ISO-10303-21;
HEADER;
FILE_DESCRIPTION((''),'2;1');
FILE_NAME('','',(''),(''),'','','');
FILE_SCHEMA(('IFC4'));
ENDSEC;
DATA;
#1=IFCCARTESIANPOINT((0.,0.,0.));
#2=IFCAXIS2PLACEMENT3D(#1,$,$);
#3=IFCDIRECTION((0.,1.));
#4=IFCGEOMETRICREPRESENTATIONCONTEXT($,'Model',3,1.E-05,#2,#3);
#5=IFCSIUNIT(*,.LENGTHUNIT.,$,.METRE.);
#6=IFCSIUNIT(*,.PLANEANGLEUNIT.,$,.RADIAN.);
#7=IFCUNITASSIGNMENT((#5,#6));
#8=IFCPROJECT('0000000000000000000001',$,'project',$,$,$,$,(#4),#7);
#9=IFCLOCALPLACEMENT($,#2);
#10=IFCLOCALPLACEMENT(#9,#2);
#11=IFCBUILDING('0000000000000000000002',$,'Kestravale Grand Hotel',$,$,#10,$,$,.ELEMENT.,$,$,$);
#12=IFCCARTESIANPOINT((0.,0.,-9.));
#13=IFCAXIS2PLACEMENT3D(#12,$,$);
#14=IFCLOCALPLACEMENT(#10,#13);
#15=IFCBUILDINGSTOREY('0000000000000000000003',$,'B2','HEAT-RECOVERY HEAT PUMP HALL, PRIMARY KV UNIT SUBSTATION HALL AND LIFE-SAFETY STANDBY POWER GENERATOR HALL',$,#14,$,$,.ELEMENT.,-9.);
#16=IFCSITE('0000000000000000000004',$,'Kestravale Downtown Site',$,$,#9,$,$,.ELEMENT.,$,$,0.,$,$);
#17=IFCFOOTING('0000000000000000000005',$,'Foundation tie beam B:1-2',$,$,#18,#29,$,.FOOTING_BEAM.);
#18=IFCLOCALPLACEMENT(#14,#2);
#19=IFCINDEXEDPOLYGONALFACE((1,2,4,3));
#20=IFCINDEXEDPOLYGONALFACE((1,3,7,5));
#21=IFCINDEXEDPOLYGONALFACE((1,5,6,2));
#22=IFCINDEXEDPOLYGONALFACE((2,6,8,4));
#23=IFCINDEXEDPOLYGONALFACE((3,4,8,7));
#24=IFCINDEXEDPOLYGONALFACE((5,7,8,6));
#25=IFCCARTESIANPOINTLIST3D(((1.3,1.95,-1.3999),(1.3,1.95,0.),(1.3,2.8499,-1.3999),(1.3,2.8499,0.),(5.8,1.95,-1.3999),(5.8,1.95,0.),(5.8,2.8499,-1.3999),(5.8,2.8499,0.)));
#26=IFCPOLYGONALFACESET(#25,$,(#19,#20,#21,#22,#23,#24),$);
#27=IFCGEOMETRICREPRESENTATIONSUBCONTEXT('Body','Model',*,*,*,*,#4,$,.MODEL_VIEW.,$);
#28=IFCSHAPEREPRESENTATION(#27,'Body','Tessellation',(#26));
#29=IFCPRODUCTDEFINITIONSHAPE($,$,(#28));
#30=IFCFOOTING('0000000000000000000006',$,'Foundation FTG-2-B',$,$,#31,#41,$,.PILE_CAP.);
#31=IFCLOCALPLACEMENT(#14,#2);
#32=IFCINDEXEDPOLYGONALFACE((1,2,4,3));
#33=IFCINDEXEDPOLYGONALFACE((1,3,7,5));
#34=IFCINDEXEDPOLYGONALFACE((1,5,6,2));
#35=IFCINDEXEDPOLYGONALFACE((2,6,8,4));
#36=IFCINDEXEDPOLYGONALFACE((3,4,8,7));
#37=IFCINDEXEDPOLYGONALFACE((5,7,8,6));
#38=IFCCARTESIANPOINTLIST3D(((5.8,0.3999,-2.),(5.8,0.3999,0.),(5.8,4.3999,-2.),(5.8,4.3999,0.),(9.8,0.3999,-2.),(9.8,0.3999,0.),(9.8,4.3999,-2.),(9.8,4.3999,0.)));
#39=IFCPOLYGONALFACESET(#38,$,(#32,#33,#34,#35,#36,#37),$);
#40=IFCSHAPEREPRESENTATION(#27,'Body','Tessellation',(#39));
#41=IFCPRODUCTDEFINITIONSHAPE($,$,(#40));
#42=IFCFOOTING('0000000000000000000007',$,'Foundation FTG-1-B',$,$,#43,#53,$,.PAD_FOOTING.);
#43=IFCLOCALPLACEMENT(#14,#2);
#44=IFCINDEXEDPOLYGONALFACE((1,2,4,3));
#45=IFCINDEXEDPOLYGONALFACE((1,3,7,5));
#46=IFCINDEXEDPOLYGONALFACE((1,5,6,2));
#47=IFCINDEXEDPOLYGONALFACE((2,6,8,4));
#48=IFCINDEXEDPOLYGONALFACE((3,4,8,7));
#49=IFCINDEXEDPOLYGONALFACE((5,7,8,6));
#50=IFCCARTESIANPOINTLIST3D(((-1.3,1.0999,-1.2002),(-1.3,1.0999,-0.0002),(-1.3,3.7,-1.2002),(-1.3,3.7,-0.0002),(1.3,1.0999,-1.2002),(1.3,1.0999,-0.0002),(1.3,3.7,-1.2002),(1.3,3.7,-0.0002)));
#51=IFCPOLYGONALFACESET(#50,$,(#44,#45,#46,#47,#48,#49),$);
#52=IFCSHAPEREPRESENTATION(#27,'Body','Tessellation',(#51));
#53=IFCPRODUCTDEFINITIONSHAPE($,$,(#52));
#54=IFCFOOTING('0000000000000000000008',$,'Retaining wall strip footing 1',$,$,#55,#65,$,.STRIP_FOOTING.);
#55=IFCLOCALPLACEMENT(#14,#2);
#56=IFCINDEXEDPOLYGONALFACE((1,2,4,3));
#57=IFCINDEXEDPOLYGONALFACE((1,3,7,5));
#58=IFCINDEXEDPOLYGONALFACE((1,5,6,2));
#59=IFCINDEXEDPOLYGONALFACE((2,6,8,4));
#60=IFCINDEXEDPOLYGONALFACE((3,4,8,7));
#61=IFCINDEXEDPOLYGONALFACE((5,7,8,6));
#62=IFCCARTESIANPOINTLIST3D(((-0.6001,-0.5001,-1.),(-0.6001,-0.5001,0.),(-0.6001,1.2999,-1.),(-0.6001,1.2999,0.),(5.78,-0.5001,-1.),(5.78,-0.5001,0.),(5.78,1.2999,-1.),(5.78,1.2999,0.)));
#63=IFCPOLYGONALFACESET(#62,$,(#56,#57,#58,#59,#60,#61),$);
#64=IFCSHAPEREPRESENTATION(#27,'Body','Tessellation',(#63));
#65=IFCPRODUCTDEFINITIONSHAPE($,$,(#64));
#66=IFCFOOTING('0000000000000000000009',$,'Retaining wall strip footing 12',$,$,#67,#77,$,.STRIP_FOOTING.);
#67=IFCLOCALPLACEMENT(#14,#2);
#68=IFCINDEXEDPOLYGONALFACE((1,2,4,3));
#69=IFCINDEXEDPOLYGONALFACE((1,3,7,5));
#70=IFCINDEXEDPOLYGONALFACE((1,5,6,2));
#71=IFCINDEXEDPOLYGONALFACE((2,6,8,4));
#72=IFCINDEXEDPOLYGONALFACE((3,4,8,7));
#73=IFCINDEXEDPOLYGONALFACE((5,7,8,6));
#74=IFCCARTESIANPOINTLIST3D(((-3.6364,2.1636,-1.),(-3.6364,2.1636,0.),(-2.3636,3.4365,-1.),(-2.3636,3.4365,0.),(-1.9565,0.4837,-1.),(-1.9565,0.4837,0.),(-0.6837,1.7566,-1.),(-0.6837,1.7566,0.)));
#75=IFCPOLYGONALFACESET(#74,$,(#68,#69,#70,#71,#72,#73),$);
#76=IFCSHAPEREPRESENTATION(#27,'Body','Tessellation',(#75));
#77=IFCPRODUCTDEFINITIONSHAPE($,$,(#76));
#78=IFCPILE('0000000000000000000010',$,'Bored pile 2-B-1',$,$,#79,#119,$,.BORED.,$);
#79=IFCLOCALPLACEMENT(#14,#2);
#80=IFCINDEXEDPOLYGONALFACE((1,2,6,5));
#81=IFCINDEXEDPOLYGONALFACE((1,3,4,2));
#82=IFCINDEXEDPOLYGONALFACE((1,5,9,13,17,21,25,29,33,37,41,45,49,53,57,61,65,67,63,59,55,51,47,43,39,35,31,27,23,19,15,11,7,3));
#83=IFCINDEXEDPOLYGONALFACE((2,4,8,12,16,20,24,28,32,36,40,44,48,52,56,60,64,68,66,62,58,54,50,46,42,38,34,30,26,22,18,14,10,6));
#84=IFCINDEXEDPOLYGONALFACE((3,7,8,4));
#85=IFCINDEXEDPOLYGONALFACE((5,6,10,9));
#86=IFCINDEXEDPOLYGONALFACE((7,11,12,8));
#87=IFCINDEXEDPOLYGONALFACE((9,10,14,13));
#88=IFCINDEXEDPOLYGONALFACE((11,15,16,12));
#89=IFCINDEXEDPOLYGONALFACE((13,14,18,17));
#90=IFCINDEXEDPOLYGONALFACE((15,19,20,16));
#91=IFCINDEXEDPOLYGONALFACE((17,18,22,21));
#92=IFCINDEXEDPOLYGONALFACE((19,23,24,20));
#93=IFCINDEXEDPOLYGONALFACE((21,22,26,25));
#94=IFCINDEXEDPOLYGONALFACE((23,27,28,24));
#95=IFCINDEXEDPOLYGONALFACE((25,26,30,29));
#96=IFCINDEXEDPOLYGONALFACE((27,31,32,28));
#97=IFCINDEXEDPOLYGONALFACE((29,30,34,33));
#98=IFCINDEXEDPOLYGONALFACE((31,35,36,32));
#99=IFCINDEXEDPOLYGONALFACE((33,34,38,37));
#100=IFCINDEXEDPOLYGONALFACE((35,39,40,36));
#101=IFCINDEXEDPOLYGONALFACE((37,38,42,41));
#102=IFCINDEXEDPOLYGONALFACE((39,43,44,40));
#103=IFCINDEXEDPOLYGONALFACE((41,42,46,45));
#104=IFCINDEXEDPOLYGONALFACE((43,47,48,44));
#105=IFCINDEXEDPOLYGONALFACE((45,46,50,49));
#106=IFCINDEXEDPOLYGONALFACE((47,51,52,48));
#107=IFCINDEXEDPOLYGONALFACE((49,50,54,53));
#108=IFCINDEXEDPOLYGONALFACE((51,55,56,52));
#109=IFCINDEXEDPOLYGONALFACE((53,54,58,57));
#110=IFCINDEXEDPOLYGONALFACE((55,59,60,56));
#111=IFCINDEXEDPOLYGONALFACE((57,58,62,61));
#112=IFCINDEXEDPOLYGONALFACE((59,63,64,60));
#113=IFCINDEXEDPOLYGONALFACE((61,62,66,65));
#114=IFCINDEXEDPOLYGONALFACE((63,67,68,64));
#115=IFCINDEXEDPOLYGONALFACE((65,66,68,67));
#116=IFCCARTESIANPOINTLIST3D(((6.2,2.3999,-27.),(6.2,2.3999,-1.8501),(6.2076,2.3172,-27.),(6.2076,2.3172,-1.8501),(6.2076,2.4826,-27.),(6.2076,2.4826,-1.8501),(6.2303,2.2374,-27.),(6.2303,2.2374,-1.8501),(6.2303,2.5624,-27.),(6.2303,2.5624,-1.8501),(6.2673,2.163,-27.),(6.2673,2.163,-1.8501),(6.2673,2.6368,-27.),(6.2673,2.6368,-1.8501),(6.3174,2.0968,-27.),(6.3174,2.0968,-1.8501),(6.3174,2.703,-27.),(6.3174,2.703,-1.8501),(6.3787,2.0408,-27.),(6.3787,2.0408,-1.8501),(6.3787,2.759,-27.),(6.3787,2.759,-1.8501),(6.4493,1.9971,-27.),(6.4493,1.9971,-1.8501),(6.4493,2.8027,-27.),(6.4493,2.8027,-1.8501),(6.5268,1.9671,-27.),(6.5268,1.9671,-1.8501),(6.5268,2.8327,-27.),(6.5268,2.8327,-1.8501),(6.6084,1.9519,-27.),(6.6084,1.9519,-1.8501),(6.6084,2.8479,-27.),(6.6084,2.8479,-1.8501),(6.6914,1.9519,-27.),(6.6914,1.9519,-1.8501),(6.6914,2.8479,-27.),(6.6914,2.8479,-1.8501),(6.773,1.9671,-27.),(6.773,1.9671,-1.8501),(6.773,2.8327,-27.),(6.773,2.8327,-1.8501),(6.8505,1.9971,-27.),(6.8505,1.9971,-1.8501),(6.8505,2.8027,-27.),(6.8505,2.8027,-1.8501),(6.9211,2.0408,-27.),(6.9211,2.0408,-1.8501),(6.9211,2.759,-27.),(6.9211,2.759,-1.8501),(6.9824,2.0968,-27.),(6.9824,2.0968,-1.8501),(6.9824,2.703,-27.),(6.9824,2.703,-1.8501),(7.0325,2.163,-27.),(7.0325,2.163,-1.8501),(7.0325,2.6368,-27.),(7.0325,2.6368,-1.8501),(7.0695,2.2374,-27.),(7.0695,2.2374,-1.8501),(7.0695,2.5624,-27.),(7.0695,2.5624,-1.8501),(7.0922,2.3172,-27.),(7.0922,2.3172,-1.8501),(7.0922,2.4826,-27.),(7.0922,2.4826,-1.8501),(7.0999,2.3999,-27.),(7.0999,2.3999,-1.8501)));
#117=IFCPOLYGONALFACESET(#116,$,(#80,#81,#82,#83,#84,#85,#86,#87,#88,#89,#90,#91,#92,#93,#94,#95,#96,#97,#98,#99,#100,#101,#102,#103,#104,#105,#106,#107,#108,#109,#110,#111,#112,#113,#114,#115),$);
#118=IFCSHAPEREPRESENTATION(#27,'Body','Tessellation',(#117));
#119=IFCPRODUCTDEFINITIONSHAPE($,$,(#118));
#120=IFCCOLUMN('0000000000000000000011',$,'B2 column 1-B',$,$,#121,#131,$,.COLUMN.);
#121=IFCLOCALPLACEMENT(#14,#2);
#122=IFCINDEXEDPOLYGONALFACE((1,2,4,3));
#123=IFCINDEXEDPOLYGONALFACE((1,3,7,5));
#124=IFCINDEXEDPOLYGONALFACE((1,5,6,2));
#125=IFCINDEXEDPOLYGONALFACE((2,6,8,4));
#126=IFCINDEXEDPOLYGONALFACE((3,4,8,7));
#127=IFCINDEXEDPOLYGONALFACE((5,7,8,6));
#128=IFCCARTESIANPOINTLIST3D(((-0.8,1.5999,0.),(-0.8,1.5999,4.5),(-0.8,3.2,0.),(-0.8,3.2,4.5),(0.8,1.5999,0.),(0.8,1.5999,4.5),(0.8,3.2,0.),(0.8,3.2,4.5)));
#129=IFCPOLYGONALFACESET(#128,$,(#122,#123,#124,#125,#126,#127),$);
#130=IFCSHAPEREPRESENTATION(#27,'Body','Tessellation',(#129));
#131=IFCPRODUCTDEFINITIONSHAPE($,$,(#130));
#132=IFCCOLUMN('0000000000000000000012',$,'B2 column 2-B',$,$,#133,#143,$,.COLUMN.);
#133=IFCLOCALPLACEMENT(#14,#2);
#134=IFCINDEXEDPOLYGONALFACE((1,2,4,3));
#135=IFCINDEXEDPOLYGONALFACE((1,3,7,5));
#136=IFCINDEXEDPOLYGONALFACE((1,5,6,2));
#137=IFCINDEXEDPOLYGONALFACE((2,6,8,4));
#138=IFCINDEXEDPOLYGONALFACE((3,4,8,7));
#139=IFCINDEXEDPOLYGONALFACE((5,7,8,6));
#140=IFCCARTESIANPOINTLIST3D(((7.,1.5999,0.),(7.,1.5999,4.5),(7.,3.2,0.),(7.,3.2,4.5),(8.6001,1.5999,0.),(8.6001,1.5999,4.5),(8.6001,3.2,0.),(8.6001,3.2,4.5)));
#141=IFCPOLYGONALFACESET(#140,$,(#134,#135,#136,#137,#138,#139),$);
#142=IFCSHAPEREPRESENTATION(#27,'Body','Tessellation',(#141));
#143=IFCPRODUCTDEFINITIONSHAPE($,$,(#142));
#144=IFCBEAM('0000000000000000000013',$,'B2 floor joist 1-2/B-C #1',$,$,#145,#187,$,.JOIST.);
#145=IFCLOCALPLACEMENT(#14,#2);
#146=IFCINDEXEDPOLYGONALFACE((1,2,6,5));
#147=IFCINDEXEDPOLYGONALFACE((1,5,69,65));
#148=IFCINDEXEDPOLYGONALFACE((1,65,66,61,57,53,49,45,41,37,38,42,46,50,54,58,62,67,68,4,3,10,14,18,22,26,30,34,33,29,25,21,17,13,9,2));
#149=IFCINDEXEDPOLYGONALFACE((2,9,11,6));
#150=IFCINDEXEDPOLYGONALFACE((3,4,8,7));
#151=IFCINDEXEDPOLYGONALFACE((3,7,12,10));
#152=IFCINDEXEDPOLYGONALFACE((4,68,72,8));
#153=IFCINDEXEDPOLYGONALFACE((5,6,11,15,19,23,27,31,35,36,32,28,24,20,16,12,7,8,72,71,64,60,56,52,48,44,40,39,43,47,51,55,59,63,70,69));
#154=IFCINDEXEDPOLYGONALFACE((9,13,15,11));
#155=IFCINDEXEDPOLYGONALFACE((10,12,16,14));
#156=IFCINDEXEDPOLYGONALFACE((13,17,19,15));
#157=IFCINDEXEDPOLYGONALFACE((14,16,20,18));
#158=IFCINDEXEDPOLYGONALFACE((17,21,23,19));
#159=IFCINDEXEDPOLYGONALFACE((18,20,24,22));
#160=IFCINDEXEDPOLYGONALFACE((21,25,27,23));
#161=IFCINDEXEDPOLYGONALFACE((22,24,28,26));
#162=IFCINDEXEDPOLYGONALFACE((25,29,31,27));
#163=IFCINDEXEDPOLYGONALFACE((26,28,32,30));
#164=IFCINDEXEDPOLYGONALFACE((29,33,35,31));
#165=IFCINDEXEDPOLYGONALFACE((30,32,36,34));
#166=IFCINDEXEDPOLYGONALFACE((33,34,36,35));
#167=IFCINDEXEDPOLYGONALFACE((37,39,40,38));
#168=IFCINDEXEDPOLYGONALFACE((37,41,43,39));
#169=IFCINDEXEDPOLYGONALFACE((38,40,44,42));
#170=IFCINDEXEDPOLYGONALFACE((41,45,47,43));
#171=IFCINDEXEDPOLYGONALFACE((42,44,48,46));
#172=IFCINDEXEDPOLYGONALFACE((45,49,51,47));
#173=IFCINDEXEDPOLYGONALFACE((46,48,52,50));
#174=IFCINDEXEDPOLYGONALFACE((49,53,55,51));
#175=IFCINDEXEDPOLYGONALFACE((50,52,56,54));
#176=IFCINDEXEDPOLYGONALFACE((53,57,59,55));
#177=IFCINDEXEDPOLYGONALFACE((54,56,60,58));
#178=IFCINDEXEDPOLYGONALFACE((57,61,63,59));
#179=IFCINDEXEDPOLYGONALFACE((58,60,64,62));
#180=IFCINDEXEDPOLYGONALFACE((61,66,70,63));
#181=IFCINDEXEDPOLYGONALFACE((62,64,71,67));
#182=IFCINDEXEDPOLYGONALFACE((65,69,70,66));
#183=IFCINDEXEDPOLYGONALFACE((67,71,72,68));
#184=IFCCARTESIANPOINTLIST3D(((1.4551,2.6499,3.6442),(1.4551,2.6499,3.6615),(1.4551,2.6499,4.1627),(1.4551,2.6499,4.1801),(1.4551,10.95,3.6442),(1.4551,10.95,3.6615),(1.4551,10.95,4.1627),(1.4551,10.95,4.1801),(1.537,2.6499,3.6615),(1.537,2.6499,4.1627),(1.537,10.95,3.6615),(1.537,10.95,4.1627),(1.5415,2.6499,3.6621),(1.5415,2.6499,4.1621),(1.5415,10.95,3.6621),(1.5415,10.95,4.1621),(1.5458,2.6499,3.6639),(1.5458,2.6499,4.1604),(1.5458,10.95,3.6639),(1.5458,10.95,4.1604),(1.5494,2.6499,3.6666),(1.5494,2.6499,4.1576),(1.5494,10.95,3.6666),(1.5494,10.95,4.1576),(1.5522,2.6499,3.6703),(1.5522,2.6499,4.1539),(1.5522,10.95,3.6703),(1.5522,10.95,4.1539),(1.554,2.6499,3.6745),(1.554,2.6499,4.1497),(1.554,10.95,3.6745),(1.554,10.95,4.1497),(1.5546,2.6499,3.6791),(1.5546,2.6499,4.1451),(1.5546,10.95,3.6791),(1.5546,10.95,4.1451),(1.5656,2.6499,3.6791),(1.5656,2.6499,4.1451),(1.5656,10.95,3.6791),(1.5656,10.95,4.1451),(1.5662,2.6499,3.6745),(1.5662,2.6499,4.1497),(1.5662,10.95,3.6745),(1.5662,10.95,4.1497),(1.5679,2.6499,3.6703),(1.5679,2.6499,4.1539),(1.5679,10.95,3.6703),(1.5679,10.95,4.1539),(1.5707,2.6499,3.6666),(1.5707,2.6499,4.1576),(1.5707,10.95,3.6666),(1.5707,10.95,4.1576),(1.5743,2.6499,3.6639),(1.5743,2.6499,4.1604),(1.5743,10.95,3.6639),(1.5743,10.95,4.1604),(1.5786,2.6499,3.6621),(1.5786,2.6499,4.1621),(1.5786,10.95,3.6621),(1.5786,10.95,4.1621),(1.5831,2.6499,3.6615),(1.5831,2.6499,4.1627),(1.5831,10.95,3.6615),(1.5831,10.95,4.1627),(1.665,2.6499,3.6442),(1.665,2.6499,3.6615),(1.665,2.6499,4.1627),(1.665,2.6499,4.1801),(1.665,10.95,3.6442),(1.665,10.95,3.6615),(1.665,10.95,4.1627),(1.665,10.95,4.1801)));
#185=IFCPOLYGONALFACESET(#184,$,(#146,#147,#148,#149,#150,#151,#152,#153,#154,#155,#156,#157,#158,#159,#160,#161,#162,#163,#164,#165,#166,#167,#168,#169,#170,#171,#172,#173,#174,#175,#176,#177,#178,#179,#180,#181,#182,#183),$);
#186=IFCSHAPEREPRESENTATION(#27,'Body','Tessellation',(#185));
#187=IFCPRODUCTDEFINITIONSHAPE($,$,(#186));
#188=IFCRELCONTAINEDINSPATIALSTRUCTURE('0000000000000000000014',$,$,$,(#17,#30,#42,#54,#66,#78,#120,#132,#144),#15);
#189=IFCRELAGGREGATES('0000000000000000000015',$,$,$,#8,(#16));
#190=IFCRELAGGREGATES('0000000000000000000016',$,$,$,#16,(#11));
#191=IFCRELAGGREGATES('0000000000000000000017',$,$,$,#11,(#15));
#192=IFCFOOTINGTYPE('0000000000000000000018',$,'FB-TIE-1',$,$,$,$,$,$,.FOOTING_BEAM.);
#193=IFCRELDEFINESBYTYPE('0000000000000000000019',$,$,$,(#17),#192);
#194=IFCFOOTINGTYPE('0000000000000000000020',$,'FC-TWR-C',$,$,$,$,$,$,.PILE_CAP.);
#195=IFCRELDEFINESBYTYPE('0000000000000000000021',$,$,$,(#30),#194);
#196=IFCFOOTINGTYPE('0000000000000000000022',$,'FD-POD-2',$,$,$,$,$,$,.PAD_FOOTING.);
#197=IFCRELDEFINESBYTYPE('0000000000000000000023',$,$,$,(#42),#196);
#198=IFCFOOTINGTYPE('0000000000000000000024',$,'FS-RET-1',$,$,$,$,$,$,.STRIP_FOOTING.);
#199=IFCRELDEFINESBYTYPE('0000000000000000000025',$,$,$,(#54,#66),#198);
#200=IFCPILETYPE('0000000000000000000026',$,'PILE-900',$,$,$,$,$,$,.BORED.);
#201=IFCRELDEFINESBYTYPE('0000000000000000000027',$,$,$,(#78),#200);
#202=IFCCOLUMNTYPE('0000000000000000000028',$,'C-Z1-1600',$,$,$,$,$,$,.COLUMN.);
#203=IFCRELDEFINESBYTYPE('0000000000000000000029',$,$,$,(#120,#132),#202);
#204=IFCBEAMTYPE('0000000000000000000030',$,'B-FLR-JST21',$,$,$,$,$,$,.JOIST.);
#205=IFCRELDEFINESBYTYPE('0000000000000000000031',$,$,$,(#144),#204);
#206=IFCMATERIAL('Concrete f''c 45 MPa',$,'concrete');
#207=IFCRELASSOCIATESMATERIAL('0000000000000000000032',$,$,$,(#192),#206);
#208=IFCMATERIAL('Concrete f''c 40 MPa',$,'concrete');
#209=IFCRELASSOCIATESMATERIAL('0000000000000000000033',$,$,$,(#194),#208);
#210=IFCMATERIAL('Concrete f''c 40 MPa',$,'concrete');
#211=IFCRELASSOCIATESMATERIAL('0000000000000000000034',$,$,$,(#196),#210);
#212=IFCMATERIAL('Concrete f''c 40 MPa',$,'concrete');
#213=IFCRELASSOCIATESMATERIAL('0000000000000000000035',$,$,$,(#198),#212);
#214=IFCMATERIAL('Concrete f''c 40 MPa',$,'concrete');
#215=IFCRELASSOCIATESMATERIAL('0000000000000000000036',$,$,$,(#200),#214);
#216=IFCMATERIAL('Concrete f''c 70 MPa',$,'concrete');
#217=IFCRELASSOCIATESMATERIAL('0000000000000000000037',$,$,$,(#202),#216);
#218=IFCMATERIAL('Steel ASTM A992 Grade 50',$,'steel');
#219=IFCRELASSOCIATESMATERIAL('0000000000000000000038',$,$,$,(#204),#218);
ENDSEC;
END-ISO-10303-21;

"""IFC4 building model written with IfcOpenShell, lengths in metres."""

from ifc_helpers import new_model, si_unit, direction, frame, origin, origin_2d, place, context, subcontext, project, spatial, rectangle, circle, i_section, extrude, material, material_profile, profile_set, type_object, element, save


model = new_model("IFC4")

# Units and contexts
model_context = context("Model", 3, precision=1e-05, world=origin(), true_north=direction((0.0, 1.0)))
body_context = subcontext(model_context, "Body", "Model", "MODEL_VIEW")
ifc_project = project(units=[si_unit("LENGTHUNIT", "METRE"), si_unit("PLANEANGLEUNIT", "RADIAN")], contexts=[model_context])

# Site, building, storey
site_placement = place(None, origin())
site = spatial("IfcSite", under=ifc_project, at=site_placement, Name="Kestravale Downtown Site", CompositionType="ELEMENT", RefElevation=0.0)
building_placement = place(site_placement, origin())
building = spatial("IfcBuilding", under=site, at=building_placement, Name="Kestravale Grand Hotel", CompositionType="ELEMENT")
storey_placement = place(building_placement, frame((0.0, 0.0, -9.0)))
storey = spatial("IfcBuildingStorey", under=building, at=storey_placement, Name="B2", Description="HEAT-RECOVERY HEAT PUMP HALL, PRIMARY KV UNIT SUBSTATION HALL AND LIFE-SAFETY STANDBY POWER GENERATOR HALL", CompositionType="ELEMENT", Elevation=-9.0)

# Footings
ifc_material_1 = material(Name="Concrete f'c 45 MPa", Category="concrete")
ifc_material_profile_1 = material_profile(ifc_material_1, rectangle(XDim=0.8999, YDim=1.3999, at=origin_2d()))
ifc_profile_set_1 = profile_set([ifc_material_profile_1], Name="Concrete f'c 45 MPa")
footing_type_1 = type_object("IfcFootingType", Name="FB-TIE-1", PredefinedType="FOOTING_BEAM", material=ifc_profile_set_1)
footing_1_placement = place(storey_placement, frame((1.3, 2.3999, -0.7), z_axis=(1.0, 0.0, 0.0), x_axis=(0.0, 1.0, 0.0)))
element("IfcFooting", 1, at=footing_1_placement, inside=storey, type_object=footing_type_1, Name="Foundation tie beam B:1-2", PredefinedType="FOOTING_BEAM", context=body_context, shape_type="SweptSolid", body=[
    extrude(rectangle(XDim=0.8999, YDim=1.3999, at=origin_2d()), origin(), (0.0, 0.0, 1.0), 4.5),
])
ifc_material_2 = material(Name="Concrete f'c 40 MPa", Category="concrete")
footing_type_2 = type_object("IfcFootingType", Name="FC-TWR-C", PredefinedType="PILE_CAP", material=ifc_material_2)
footing_2_placement = place(storey_placement, frame((7.8, 2.3999, -2.0), z_axis=(0.0, 0.0, 1.0), x_axis=(1.0, 0.0, 0.0)))
element("IfcFooting", 2, at=footing_2_placement, inside=storey, type_object=footing_type_2, Name="Foundation FTG-2-B", PredefinedType="PILE_CAP", context=body_context, shape_type="SweptSolid", body=[
    extrude(rectangle(XDim=4.0, YDim=4.0, at=origin_2d()), origin(), (0.0, 0.0, 1.0), 2.0),
])
ifc_material_3 = material(Name="Concrete f'c 40 MPa", Category="concrete")
footing_type_3 = type_object("IfcFootingType", Name="FD-POD-2", PredefinedType="PAD_FOOTING", material=ifc_material_3)
footing_3_placement = place(storey_placement, frame((0.0, 2.3999, -1.2002), z_axis=(0.0, 0.0, 1.0), x_axis=(1.0, 0.0, 0.0)))
element("IfcFooting", 3, at=footing_3_placement, inside=storey, type_object=footing_type_3, Name="Foundation FTG-1-B", PredefinedType="PAD_FOOTING", context=body_context, shape_type="SweptSolid", body=[
    extrude(rectangle(XDim=2.6001, YDim=2.6001, at=origin_2d()), origin(), (0.0, 0.0, 1.0), 1.2),
])
ifc_material_4 = material(Name="Concrete f'c 40 MPa", Category="concrete")
ifc_material_profile_2 = material_profile(ifc_material_4, rectangle(XDim=1.8, YDim=1.0, at=origin_2d()))
ifc_profile_set_2 = profile_set([ifc_material_profile_2], Name="Concrete f'c 40 MPa")
footing_type_4 = type_object("IfcFootingType", Name="FS-RET-1", PredefinedType="STRIP_FOOTING", material=ifc_profile_set_2)
footing_4_placement = place(storey_placement, frame((-0.6001, 0.3999, -0.5), z_axis=(1.0, 0.0, 0.0), x_axis=(0.0, 1.0, 0.0)))
element("IfcFooting", 4, at=footing_4_placement, inside=storey, type_object=footing_type_4, Name="Retaining wall strip footing 1", PredefinedType="STRIP_FOOTING", context=body_context, shape_type="SweptSolid", body=[
    extrude(rectangle(XDim=1.8, YDim=1.0, at=origin_2d()), origin(), (0.0, 0.0, 1.0), 6.3801),
])
footing_5_placement = place(storey_placement, frame((-3.0, 2.8, -0.5), z_axis=(0.707107, -0.707107, 0.0), x_axis=(0.707107, 0.707107, 0.0)))
element("IfcFooting", 5, at=footing_5_placement, inside=storey, type_object=footing_type_4, Name="Retaining wall strip footing 12", PredefinedType="STRIP_FOOTING", context=body_context, shape_type="SweptSolid", body=[
    extrude(rectangle(XDim=1.8, YDim=1.0, at=origin_2d()), origin(), (0.0, 0.0, 1.0), 2.3757),
])

# Pile
ifc_material_5 = material(Name="Concrete f'c 40 MPa", Category="concrete")
ifc_material_profile_3 = material_profile(ifc_material_5, circle(Radius=0.45, at=origin_2d()))
ifc_profile_set_3 = profile_set([ifc_material_profile_3], Name="Concrete f'c 40 MPa")
pile_type = type_object("IfcPileType", Name="PILE-900", PredefinedType="BORED", material=ifc_profile_set_3)
pile_placement = place(storey_placement, frame((6.6499, 2.3999, -1.8501), z_axis=(0.0, 0.0, -1.0), x_axis=(1.0, 0.0, 0.0)))
element("IfcPile", 6, at=pile_placement, inside=storey, type_object=pile_type, Name="Bored pile 2-B-1", PredefinedType="BORED", context=body_context, shape_type="SweptSolid", body=[
    extrude(circle(Radius=0.45, at=origin_2d()), origin(), (0.0, 0.0, 1.0), 25.1499),
])

# Columns
ifc_material_6 = material(Name="Concrete f'c 70 MPa", Category="concrete")
ifc_material_profile_4 = material_profile(ifc_material_6, rectangle(XDim=1.6001, YDim=1.6001, at=origin_2d()))
ifc_profile_set_4 = profile_set([ifc_material_profile_4], Name="Concrete f'c 70 MPa")
column_type = type_object("IfcColumnType", Name="C-Z1-1600", PredefinedType="COLUMN", material=ifc_profile_set_4)
for number, where, z_axis, x_axis, name in (
    (7, (0.0, 2.3999, 0.0), (0.0, 0.0, 1.0), (1.0, 0.0, 0.0), "B2 column 1-B"),
    (8, (7.8, 2.3999, 0.0), (0.0, 0.0, 1.0), (1.0, 0.0, 0.0), "B2 column 2-B"),
):
    element("IfcColumn", number, at=place(storey_placement, frame(where, z_axis=z_axis, x_axis=x_axis)), inside=storey, type_object=column_type, Name=name, PredefinedType="COLUMN", context=body_context, shape_type="SweptSolid", body=[
        extrude(rectangle(XDim=1.6001, YDim=1.6001, at=origin_2d()), origin(), (0.0, 0.0, 1.0), 4.5),
    ])

# Beam
ifc_material_7 = material(Name="Steel ASTM A992 Grade 50", Category="steel")
ifc_material_profile_5 = material_profile(ifc_material_7, i_section(OverallWidth=0.21, OverallDepth=0.5359, WebThickness=0.011, FlangeThickness=0.0173, FilletRadius=0.0176, at=origin_2d()))
ifc_profile_set_5 = profile_set([ifc_material_profile_5], Name="Steel ASTM A992 Grade 50")
beam_type_1 = type_object("IfcBeamType", Name="B-FLR-JST21", PredefinedType="JOIST", material=ifc_profile_set_5)
for number, where, z_axis, x_axis, name in (
    (9, (1.5601, 2.6499, 3.9121), (0.0, 1.0, 0.0), (-1.0, 0.0, 0.0), "B2 floor joist 1-2/B-C #1"),
):
    element("IfcBeam", number, at=place(storey_placement, frame(where, z_axis=z_axis, x_axis=x_axis)), inside=storey, type_object=beam_type_1, Name=name, PredefinedType="JOIST", context=body_context, shape_type="SweptSolid", body=[
        extrude(i_section(OverallWidth=0.21, OverallDepth=0.5359, WebThickness=0.011, FlangeThickness=0.0173, FilletRadius=0.0176, at=origin_2d()), origin(), (0.0, 0.0, 1.0), 8.3),
    ])

save(model, "model.ifc")
